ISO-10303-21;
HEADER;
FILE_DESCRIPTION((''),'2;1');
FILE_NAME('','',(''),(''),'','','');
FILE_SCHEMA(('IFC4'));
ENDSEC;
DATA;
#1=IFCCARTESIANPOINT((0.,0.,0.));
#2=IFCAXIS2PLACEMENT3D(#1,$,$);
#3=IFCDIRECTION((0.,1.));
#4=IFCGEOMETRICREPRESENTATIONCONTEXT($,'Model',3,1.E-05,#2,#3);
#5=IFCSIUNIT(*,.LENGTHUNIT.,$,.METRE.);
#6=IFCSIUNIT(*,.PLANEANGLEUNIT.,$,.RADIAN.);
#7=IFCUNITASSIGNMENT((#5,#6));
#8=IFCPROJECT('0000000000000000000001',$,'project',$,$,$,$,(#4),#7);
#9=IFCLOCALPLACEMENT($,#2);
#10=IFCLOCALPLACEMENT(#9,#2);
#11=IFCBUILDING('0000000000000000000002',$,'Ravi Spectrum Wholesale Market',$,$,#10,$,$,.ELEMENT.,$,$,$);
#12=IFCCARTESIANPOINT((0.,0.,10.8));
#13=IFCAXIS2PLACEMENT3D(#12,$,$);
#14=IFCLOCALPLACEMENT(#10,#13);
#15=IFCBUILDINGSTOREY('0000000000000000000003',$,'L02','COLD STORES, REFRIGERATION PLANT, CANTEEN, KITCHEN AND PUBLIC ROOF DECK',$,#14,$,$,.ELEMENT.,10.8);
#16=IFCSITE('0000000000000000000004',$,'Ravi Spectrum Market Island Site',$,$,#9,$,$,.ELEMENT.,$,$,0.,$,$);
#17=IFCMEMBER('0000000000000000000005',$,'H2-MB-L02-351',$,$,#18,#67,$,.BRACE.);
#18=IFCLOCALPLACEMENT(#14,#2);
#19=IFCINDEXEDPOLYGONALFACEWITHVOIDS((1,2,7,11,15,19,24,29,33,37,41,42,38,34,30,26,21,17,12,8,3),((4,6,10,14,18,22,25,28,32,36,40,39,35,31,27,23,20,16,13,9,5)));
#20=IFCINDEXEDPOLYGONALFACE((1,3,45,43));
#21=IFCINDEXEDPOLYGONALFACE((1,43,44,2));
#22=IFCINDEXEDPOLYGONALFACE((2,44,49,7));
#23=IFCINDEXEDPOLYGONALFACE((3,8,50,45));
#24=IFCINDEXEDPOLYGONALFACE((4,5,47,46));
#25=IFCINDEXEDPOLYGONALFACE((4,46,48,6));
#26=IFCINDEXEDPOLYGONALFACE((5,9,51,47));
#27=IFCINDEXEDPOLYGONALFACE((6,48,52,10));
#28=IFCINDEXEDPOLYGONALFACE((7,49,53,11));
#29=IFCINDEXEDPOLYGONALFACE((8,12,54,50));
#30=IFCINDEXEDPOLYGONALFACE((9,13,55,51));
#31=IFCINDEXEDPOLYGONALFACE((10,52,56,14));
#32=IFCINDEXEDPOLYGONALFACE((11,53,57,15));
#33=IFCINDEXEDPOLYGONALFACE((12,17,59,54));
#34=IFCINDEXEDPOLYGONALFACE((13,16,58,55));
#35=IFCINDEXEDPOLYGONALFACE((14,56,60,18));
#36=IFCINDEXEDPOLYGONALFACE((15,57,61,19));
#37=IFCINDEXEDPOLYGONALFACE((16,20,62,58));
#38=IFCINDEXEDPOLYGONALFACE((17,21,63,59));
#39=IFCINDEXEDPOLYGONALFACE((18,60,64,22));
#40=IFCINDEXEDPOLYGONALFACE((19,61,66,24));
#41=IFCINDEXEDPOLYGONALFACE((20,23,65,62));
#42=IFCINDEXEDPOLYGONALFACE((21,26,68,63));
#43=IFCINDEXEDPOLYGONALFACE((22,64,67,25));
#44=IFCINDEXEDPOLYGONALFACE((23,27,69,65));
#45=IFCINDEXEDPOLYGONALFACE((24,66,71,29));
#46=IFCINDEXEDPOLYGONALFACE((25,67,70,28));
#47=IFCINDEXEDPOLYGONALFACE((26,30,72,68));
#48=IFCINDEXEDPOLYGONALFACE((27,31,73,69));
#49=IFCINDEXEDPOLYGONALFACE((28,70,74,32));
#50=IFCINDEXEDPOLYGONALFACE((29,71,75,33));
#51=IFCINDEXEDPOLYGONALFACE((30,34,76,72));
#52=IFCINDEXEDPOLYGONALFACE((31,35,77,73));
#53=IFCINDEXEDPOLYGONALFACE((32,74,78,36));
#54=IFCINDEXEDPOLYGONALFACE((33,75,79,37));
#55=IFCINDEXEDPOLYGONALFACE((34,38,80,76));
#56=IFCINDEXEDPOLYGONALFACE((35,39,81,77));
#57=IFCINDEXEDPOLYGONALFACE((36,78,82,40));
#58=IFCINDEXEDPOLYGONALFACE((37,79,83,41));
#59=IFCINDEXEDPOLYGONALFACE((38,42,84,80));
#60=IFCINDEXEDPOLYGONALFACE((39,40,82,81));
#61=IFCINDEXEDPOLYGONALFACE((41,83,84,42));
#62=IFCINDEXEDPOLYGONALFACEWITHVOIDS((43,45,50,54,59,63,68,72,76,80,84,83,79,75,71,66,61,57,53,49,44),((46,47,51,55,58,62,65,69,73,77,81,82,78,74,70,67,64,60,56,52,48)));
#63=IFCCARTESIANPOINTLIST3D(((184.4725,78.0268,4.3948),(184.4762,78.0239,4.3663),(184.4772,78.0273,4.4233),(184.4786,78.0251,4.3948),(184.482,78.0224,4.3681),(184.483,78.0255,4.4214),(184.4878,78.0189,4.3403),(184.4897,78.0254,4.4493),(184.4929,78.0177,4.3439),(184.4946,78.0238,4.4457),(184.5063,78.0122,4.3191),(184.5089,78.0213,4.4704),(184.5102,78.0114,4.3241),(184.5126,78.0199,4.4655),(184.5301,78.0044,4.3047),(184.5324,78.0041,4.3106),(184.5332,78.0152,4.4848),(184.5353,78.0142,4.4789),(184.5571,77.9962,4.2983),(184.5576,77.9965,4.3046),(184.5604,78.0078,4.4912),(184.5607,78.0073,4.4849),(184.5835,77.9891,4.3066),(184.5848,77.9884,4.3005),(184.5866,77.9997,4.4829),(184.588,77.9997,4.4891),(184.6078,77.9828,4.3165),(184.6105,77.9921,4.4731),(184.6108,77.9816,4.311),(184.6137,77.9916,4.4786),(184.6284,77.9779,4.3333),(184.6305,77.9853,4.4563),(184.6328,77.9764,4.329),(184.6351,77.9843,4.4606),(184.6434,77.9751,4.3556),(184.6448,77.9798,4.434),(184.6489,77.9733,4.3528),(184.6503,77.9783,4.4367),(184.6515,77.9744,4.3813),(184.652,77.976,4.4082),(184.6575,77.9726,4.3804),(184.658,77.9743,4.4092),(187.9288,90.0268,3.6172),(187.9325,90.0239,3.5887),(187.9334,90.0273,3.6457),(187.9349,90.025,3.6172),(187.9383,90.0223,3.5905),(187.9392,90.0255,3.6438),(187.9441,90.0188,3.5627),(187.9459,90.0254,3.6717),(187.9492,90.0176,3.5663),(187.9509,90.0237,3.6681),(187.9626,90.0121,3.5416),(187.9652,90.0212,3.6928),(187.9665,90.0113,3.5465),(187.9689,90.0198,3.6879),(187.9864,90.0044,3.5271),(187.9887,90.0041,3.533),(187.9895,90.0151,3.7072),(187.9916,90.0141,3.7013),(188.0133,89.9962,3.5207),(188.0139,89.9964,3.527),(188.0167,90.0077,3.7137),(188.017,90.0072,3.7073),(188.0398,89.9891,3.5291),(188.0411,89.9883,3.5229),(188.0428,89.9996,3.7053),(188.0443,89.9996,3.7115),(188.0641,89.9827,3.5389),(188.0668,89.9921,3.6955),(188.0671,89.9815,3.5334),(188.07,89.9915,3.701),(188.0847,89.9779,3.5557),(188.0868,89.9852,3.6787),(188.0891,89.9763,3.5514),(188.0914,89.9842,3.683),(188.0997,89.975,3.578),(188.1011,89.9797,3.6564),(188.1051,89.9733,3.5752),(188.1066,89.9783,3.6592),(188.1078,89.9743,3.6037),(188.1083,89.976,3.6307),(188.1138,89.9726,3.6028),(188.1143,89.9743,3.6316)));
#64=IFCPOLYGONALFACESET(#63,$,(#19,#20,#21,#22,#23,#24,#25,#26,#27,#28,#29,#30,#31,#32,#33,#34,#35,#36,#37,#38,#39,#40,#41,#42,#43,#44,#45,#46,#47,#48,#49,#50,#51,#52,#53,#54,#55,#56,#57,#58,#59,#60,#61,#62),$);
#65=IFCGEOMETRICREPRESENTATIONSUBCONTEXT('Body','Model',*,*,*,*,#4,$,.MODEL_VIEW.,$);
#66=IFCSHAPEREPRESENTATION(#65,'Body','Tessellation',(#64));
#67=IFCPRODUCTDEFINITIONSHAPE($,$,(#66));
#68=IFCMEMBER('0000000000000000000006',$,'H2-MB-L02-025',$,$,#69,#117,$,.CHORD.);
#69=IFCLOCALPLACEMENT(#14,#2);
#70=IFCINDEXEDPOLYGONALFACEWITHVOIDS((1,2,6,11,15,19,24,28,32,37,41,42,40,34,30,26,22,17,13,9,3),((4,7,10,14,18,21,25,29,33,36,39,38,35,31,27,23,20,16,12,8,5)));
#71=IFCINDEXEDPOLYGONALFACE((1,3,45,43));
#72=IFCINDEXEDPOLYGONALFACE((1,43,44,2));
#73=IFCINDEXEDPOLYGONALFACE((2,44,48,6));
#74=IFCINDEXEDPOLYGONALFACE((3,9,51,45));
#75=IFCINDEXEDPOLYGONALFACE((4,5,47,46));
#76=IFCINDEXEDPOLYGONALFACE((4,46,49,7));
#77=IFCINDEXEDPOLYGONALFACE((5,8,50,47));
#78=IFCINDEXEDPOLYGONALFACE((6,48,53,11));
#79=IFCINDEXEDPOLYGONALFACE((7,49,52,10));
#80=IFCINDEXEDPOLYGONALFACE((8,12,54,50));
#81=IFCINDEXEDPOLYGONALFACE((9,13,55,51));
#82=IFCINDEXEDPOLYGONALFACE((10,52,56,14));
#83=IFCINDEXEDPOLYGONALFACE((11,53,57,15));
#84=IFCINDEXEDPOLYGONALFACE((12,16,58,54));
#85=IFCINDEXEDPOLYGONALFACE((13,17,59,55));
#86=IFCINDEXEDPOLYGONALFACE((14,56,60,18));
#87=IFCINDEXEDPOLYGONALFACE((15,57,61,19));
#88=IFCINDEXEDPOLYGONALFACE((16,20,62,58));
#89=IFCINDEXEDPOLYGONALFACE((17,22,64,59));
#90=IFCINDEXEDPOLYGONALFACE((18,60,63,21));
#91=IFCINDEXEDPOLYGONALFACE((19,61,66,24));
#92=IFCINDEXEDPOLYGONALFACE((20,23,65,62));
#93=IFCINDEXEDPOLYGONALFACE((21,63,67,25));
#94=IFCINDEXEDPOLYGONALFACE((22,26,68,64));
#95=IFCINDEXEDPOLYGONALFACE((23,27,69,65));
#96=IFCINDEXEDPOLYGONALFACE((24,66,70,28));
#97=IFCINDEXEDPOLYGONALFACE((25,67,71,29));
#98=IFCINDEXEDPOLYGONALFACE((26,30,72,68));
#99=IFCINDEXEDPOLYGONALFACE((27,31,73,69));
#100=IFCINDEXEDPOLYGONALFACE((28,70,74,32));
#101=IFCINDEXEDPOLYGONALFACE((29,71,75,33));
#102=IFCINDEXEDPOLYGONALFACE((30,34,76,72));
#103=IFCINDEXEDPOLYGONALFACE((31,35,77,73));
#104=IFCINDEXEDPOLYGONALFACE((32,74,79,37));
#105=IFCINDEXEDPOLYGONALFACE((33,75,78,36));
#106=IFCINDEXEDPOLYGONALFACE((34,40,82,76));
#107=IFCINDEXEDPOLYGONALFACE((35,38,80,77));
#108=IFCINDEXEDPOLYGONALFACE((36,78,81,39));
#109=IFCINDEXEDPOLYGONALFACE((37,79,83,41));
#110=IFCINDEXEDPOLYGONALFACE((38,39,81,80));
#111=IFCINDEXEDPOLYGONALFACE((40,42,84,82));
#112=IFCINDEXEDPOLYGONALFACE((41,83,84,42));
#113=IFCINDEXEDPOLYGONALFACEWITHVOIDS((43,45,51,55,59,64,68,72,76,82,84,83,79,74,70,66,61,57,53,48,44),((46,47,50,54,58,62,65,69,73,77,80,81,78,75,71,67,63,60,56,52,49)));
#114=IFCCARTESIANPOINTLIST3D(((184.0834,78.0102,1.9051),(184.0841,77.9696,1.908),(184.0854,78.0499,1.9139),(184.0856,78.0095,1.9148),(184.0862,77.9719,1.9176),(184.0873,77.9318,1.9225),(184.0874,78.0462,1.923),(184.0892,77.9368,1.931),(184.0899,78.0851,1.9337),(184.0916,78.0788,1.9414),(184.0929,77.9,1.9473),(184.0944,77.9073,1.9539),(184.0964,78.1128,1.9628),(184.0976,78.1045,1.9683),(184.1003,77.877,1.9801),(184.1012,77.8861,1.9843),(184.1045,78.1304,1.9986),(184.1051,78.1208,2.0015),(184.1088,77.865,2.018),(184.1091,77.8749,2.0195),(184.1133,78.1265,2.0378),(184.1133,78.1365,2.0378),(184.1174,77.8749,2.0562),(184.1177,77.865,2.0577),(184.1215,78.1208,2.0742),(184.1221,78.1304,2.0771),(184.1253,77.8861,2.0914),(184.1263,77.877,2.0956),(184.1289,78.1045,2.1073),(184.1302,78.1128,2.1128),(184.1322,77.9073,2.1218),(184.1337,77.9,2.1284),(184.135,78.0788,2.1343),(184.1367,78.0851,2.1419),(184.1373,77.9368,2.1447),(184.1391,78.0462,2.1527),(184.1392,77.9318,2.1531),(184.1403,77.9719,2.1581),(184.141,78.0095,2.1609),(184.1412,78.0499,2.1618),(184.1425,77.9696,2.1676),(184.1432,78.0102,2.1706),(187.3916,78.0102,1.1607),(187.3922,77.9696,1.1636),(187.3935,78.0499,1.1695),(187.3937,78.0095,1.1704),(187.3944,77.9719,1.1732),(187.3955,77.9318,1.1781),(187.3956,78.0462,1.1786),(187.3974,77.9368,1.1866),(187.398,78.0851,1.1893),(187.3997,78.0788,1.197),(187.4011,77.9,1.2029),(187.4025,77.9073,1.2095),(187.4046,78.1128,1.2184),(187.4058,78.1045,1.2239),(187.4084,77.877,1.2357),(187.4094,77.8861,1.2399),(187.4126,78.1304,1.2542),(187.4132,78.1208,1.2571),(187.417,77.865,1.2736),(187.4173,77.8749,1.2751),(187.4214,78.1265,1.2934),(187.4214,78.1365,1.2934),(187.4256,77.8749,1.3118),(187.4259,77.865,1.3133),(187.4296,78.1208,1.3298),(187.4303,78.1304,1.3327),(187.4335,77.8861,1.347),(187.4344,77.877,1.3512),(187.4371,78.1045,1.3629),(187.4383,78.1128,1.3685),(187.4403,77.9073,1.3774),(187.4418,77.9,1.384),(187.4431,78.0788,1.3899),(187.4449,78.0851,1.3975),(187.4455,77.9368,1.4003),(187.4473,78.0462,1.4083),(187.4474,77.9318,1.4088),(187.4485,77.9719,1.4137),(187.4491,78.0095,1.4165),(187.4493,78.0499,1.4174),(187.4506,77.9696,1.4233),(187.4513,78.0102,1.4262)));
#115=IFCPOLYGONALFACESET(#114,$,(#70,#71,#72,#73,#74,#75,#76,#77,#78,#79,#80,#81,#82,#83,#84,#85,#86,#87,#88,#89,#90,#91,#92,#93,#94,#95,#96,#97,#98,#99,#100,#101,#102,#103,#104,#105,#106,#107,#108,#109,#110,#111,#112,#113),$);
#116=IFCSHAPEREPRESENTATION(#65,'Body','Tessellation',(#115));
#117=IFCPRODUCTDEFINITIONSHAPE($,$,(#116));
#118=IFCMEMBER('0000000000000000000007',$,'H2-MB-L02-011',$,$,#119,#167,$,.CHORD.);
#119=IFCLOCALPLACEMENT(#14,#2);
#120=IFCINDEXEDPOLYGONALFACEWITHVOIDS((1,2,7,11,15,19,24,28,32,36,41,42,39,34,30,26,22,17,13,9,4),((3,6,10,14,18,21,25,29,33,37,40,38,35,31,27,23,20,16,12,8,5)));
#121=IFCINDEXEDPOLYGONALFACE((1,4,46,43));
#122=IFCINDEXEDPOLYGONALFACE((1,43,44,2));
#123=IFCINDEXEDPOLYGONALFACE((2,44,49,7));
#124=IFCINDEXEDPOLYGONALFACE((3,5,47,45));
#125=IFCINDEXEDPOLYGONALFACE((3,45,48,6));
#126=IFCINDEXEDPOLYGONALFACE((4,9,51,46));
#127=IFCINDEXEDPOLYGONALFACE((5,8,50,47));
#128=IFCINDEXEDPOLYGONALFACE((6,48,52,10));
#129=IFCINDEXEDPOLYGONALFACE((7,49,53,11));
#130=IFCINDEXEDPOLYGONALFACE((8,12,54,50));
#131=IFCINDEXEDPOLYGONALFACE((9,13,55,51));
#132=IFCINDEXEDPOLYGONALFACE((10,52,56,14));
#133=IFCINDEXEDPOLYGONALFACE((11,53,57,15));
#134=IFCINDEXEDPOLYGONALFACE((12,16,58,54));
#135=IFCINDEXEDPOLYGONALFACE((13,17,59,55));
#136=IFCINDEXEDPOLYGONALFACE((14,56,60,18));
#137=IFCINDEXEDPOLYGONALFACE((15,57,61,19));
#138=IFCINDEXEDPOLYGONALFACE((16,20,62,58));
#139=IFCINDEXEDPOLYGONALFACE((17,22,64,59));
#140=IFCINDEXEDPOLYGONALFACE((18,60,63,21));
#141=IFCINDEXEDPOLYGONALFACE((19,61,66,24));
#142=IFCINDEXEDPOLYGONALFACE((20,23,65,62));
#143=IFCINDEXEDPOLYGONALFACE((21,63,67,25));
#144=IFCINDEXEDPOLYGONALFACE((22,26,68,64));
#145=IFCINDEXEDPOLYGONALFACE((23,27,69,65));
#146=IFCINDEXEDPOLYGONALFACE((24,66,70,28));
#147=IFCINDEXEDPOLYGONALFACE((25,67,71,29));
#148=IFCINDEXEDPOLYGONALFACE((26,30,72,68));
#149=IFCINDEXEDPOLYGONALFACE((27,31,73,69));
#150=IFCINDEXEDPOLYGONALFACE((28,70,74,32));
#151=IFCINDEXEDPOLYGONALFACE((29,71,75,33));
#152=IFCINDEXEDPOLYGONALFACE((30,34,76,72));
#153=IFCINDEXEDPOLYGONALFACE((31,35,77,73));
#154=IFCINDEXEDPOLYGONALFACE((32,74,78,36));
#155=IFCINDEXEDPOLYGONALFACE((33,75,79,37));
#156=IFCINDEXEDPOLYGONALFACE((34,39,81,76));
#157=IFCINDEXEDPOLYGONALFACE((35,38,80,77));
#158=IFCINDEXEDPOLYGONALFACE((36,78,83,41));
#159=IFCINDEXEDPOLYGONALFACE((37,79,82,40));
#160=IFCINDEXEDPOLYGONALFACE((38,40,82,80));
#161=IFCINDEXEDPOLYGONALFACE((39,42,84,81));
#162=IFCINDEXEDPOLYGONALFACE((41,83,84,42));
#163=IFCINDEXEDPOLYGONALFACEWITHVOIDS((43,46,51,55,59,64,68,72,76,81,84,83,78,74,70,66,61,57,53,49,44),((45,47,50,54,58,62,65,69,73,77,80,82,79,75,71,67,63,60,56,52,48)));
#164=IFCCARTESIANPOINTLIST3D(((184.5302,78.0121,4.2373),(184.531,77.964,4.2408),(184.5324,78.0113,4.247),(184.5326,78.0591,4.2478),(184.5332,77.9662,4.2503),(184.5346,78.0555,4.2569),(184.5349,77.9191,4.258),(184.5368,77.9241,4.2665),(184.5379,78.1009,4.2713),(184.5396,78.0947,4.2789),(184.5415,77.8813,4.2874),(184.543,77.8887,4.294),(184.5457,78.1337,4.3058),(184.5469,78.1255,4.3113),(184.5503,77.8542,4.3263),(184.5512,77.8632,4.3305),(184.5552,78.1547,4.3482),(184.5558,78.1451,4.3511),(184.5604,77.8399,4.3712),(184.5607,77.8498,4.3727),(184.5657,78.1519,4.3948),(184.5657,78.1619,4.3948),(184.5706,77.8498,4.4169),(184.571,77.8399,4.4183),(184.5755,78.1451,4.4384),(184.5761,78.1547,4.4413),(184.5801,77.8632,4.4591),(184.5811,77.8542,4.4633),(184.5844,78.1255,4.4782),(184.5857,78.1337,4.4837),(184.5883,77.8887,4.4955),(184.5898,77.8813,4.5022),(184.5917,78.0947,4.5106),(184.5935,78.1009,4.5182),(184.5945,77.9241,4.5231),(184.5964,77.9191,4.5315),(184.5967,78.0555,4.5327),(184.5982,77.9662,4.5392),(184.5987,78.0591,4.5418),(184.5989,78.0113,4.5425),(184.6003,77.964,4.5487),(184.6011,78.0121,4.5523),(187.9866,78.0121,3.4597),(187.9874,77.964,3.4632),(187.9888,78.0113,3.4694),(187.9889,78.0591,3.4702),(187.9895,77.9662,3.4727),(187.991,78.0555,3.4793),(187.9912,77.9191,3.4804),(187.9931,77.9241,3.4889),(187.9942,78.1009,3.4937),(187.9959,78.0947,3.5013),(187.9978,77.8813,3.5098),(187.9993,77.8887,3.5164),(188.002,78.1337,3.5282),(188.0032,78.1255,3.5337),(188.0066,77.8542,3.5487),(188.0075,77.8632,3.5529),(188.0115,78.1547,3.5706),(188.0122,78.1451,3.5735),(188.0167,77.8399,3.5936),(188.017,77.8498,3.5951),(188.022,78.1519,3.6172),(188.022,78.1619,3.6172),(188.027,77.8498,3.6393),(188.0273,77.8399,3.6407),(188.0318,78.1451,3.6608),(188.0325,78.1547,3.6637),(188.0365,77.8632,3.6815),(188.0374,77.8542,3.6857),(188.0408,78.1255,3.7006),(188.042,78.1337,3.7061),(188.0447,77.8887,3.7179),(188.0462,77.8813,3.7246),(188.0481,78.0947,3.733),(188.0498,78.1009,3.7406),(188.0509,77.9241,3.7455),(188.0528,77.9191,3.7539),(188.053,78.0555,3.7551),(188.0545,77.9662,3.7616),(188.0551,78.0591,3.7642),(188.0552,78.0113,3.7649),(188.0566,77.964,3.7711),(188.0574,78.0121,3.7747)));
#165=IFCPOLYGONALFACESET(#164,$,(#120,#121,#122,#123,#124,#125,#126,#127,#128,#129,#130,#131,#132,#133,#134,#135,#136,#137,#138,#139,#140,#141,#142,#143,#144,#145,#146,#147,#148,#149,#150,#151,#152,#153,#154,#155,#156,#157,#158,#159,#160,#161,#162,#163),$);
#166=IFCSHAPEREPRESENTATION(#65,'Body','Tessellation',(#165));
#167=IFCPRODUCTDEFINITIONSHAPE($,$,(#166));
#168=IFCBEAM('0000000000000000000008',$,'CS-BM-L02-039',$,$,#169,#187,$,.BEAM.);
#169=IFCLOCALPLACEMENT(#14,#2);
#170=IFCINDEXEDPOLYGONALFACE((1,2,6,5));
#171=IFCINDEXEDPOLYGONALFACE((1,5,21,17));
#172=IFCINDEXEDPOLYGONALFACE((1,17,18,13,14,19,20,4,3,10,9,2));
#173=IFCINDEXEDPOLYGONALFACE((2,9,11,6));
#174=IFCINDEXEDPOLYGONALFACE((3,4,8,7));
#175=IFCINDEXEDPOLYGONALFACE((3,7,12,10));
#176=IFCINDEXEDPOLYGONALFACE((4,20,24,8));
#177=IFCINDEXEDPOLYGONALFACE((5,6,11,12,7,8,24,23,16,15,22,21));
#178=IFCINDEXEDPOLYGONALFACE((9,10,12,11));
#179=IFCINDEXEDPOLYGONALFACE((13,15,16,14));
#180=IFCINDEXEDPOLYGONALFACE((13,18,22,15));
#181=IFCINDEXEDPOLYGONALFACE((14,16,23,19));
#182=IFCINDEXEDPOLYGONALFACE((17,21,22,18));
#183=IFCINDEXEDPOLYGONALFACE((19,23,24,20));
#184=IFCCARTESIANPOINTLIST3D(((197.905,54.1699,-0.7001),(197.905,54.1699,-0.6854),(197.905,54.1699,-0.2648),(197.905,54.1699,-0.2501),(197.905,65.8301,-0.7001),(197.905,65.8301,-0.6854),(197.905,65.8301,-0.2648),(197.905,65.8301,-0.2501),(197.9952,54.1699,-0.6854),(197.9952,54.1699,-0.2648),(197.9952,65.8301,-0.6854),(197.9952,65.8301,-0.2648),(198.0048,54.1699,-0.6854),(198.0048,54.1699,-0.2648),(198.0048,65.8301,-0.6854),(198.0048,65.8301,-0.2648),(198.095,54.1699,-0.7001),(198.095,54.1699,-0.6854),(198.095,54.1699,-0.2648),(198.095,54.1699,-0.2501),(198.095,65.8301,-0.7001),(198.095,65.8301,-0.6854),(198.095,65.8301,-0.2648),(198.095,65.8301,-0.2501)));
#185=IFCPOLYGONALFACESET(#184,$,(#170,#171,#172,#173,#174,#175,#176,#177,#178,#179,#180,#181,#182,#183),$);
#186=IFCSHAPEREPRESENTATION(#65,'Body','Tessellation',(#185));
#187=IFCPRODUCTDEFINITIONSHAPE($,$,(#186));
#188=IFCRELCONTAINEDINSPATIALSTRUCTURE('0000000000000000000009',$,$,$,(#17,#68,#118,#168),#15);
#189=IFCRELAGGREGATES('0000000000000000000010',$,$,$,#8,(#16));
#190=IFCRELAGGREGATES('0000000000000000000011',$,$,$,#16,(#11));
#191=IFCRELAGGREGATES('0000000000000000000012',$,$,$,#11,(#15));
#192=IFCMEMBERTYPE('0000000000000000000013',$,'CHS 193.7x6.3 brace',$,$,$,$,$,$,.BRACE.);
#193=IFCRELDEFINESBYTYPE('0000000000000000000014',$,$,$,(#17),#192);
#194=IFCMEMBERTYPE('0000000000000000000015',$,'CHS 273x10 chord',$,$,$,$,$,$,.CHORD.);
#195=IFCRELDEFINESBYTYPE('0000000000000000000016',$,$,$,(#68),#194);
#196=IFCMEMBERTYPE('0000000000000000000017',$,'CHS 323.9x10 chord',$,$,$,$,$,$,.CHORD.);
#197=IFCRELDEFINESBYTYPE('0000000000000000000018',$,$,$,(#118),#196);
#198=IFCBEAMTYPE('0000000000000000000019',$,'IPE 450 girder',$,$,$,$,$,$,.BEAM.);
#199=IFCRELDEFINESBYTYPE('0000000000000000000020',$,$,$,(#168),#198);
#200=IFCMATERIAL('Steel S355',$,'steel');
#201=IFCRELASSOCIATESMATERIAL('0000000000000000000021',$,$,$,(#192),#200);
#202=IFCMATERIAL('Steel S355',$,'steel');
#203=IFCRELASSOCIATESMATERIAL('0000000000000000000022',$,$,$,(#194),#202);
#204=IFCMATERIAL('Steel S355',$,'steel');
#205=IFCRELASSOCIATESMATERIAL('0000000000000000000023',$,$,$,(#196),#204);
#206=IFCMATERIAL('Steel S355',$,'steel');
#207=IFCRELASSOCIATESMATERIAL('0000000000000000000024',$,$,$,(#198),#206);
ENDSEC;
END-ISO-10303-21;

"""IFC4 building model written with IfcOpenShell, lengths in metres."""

from ifc_helpers import new_model, si_unit, direction, frame, origin, origin_2d, place, context, subcontext, project, spatial, hollow_circle, i_section, extrude, material, material_profile, profile_set, type_object, element, save


model = new_model("IFC4")

# Units and contexts
model_context = context("Model", 3, precision=1e-05, world=origin(), true_north=direction((0.0, 1.0)))
body_context = subcontext(model_context, "Body", "Model", "MODEL_VIEW")
ifc_project = project(units=[si_unit("LENGTHUNIT", "METRE"), si_unit("PLANEANGLEUNIT", "RADIAN")], contexts=[model_context])

# Site, building, storey
site_placement = place(None, origin())
site = spatial("IfcSite", under=ifc_project, at=site_placement, Name="Ravi Spectrum Market Island Site", CompositionType="ELEMENT", RefElevation=0.0)
building_placement = place(site_placement, origin())
building = spatial("IfcBuilding", under=site, at=building_placement, Name="Ravi Spectrum Wholesale Market", CompositionType="ELEMENT")
storey_placement = place(building_placement, frame((0.0, 0.0, 10.8)))
storey = spatial("IfcBuildingStorey", under=building, at=storey_placement, Name="L02", Description="COLD STORES, REFRIGERATION PLANT, CANTEEN, KITCHEN AND PUBLIC ROOF DECK", CompositionType="ELEMENT", Elevation=10.8)

# Members
ifc_material_1 = material(Name="Steel S355", Category="steel")
ifc_material_profile_1 = material_profile(ifc_material_1, hollow_circle(Radius=0.0969, WallThickness=0.0063, at=origin_2d()))
ifc_profile_set_1 = profile_set([ifc_material_profile_1], Name="Steel S355")
member_type_1 = type_object("IfcMemberType", Name="CHS 193.7x6.3 brace", PredefinedType="BRACE", material=ifc_profile_set_1)
member_1_placement = place(storey_placement, frame((184.5657, 78.0, 4.3948), z_axis=(0.276238, 0.959078, -0.062147), x_axis=(-0.960935, 0.276773, 0.0)))
element("IfcMember", 1, at=member_1_placement, inside=storey, type_object=member_type_1, Name="H2-MB-L02-351", PredefinedType="BRACE", context=body_context, shape_type="SweptSolid", body=[
    extrude(hollow_circle(Radius=0.0969, WallThickness=0.0063, at=origin_2d()), origin(), (0.0, 0.0, 1.0), 12.512),
])
ifc_material_2 = material(Name="Steel S355", Category="steel")
ifc_material_profile_2 = material_profile(ifc_material_2, hollow_circle(Radius=0.1365, WallThickness=0.01, at=origin_2d()))
ifc_profile_set_2 = profile_set([ifc_material_profile_2], Name="Steel S355")
member_type_2 = type_object("IfcMemberType", Name="CHS 273x10 chord", PredefinedType="CHORD", material=ifc_profile_set_2)
member_2_placement = place(storey_placement, frame((184.1133, 78.0, 2.0378), z_axis=(0.975606, 0.0, -0.219529), x_axis=(0.0, 1.0, 0.0)))
element("IfcMember", 2, at=member_2_placement, inside=storey, type_object=member_type_2, Name="H2-MB-L02-025", PredefinedType="CHORD", context=body_context, shape_type="SweptSolid", body=[
    extrude(hollow_circle(Radius=0.1365, WallThickness=0.01, at=origin_2d()), origin(), (0.0, 0.0, 1.0), 3.3909),
])
ifc_material_3 = material(Name="Steel S355", Category="steel")
ifc_material_profile_3 = material_profile(ifc_material_3, hollow_circle(Radius=0.1619, WallThickness=0.01, at=origin_2d()))
ifc_profile_set_3 = profile_set([ifc_material_profile_3], Name="Steel S355")
member_type_3 = type_object("IfcMemberType", Name="CHS 323.9x10 chord", PredefinedType="CHORD", material=ifc_profile_set_3)
member_3_placement = place(storey_placement, frame((184.5657, 78.0, 4.3948), z_axis=(0.975615, 0.0, -0.219491), x_axis=(0.0, 1.0, 0.0)))
element("IfcMember", 3, at=member_3_placement, inside=storey, type_object=member_type_3, Name="H2-MB-L02-011", PredefinedType="CHORD", context=body_context, shape_type="SweptSolid", body=[
    extrude(hollow_circle(Radius=0.1619, WallThickness=0.01, at=origin_2d()), origin(), (0.0, 0.0, 1.0), 3.5427),
])

# Beam
ifc_material_4 = material(Name="Steel S355", Category="steel")
ifc_material_profile_4 = material_profile(ifc_material_4, i_section(OverallWidth=0.1899, OverallDepth=0.45, WebThickness=0.0095, FlangeThickness=0.0146, at=origin_2d()))
ifc_profile_set_4 = profile_set([ifc_material_profile_4], Name="Steel S355")
beam_type_1 = type_object("IfcBeamType", Name="IPE 450 girder", PredefinedType="BEAM", material=ifc_profile_set_4)
beam_1_placement = place(storey_placement, frame((198.0, 54.1699, -0.4751), z_axis=(0.0, 1.0, 0.0), x_axis=(-1.0, 0.0, 0.0)))
element("IfcBeam", 4, at=beam_1_placement, inside=storey, type_object=beam_type_1, Name="CS-BM-L02-039", PredefinedType="BEAM", context=body_context, shape_type="SweptSolid", body=[
    extrude(i_section(OverallWidth=0.1899, OverallDepth=0.45, WebThickness=0.0095, FlangeThickness=0.0146, at=origin_2d()), origin(), (0.0, 0.0, 1.0), 11.6602),
])

save(model, "model.ifc")
